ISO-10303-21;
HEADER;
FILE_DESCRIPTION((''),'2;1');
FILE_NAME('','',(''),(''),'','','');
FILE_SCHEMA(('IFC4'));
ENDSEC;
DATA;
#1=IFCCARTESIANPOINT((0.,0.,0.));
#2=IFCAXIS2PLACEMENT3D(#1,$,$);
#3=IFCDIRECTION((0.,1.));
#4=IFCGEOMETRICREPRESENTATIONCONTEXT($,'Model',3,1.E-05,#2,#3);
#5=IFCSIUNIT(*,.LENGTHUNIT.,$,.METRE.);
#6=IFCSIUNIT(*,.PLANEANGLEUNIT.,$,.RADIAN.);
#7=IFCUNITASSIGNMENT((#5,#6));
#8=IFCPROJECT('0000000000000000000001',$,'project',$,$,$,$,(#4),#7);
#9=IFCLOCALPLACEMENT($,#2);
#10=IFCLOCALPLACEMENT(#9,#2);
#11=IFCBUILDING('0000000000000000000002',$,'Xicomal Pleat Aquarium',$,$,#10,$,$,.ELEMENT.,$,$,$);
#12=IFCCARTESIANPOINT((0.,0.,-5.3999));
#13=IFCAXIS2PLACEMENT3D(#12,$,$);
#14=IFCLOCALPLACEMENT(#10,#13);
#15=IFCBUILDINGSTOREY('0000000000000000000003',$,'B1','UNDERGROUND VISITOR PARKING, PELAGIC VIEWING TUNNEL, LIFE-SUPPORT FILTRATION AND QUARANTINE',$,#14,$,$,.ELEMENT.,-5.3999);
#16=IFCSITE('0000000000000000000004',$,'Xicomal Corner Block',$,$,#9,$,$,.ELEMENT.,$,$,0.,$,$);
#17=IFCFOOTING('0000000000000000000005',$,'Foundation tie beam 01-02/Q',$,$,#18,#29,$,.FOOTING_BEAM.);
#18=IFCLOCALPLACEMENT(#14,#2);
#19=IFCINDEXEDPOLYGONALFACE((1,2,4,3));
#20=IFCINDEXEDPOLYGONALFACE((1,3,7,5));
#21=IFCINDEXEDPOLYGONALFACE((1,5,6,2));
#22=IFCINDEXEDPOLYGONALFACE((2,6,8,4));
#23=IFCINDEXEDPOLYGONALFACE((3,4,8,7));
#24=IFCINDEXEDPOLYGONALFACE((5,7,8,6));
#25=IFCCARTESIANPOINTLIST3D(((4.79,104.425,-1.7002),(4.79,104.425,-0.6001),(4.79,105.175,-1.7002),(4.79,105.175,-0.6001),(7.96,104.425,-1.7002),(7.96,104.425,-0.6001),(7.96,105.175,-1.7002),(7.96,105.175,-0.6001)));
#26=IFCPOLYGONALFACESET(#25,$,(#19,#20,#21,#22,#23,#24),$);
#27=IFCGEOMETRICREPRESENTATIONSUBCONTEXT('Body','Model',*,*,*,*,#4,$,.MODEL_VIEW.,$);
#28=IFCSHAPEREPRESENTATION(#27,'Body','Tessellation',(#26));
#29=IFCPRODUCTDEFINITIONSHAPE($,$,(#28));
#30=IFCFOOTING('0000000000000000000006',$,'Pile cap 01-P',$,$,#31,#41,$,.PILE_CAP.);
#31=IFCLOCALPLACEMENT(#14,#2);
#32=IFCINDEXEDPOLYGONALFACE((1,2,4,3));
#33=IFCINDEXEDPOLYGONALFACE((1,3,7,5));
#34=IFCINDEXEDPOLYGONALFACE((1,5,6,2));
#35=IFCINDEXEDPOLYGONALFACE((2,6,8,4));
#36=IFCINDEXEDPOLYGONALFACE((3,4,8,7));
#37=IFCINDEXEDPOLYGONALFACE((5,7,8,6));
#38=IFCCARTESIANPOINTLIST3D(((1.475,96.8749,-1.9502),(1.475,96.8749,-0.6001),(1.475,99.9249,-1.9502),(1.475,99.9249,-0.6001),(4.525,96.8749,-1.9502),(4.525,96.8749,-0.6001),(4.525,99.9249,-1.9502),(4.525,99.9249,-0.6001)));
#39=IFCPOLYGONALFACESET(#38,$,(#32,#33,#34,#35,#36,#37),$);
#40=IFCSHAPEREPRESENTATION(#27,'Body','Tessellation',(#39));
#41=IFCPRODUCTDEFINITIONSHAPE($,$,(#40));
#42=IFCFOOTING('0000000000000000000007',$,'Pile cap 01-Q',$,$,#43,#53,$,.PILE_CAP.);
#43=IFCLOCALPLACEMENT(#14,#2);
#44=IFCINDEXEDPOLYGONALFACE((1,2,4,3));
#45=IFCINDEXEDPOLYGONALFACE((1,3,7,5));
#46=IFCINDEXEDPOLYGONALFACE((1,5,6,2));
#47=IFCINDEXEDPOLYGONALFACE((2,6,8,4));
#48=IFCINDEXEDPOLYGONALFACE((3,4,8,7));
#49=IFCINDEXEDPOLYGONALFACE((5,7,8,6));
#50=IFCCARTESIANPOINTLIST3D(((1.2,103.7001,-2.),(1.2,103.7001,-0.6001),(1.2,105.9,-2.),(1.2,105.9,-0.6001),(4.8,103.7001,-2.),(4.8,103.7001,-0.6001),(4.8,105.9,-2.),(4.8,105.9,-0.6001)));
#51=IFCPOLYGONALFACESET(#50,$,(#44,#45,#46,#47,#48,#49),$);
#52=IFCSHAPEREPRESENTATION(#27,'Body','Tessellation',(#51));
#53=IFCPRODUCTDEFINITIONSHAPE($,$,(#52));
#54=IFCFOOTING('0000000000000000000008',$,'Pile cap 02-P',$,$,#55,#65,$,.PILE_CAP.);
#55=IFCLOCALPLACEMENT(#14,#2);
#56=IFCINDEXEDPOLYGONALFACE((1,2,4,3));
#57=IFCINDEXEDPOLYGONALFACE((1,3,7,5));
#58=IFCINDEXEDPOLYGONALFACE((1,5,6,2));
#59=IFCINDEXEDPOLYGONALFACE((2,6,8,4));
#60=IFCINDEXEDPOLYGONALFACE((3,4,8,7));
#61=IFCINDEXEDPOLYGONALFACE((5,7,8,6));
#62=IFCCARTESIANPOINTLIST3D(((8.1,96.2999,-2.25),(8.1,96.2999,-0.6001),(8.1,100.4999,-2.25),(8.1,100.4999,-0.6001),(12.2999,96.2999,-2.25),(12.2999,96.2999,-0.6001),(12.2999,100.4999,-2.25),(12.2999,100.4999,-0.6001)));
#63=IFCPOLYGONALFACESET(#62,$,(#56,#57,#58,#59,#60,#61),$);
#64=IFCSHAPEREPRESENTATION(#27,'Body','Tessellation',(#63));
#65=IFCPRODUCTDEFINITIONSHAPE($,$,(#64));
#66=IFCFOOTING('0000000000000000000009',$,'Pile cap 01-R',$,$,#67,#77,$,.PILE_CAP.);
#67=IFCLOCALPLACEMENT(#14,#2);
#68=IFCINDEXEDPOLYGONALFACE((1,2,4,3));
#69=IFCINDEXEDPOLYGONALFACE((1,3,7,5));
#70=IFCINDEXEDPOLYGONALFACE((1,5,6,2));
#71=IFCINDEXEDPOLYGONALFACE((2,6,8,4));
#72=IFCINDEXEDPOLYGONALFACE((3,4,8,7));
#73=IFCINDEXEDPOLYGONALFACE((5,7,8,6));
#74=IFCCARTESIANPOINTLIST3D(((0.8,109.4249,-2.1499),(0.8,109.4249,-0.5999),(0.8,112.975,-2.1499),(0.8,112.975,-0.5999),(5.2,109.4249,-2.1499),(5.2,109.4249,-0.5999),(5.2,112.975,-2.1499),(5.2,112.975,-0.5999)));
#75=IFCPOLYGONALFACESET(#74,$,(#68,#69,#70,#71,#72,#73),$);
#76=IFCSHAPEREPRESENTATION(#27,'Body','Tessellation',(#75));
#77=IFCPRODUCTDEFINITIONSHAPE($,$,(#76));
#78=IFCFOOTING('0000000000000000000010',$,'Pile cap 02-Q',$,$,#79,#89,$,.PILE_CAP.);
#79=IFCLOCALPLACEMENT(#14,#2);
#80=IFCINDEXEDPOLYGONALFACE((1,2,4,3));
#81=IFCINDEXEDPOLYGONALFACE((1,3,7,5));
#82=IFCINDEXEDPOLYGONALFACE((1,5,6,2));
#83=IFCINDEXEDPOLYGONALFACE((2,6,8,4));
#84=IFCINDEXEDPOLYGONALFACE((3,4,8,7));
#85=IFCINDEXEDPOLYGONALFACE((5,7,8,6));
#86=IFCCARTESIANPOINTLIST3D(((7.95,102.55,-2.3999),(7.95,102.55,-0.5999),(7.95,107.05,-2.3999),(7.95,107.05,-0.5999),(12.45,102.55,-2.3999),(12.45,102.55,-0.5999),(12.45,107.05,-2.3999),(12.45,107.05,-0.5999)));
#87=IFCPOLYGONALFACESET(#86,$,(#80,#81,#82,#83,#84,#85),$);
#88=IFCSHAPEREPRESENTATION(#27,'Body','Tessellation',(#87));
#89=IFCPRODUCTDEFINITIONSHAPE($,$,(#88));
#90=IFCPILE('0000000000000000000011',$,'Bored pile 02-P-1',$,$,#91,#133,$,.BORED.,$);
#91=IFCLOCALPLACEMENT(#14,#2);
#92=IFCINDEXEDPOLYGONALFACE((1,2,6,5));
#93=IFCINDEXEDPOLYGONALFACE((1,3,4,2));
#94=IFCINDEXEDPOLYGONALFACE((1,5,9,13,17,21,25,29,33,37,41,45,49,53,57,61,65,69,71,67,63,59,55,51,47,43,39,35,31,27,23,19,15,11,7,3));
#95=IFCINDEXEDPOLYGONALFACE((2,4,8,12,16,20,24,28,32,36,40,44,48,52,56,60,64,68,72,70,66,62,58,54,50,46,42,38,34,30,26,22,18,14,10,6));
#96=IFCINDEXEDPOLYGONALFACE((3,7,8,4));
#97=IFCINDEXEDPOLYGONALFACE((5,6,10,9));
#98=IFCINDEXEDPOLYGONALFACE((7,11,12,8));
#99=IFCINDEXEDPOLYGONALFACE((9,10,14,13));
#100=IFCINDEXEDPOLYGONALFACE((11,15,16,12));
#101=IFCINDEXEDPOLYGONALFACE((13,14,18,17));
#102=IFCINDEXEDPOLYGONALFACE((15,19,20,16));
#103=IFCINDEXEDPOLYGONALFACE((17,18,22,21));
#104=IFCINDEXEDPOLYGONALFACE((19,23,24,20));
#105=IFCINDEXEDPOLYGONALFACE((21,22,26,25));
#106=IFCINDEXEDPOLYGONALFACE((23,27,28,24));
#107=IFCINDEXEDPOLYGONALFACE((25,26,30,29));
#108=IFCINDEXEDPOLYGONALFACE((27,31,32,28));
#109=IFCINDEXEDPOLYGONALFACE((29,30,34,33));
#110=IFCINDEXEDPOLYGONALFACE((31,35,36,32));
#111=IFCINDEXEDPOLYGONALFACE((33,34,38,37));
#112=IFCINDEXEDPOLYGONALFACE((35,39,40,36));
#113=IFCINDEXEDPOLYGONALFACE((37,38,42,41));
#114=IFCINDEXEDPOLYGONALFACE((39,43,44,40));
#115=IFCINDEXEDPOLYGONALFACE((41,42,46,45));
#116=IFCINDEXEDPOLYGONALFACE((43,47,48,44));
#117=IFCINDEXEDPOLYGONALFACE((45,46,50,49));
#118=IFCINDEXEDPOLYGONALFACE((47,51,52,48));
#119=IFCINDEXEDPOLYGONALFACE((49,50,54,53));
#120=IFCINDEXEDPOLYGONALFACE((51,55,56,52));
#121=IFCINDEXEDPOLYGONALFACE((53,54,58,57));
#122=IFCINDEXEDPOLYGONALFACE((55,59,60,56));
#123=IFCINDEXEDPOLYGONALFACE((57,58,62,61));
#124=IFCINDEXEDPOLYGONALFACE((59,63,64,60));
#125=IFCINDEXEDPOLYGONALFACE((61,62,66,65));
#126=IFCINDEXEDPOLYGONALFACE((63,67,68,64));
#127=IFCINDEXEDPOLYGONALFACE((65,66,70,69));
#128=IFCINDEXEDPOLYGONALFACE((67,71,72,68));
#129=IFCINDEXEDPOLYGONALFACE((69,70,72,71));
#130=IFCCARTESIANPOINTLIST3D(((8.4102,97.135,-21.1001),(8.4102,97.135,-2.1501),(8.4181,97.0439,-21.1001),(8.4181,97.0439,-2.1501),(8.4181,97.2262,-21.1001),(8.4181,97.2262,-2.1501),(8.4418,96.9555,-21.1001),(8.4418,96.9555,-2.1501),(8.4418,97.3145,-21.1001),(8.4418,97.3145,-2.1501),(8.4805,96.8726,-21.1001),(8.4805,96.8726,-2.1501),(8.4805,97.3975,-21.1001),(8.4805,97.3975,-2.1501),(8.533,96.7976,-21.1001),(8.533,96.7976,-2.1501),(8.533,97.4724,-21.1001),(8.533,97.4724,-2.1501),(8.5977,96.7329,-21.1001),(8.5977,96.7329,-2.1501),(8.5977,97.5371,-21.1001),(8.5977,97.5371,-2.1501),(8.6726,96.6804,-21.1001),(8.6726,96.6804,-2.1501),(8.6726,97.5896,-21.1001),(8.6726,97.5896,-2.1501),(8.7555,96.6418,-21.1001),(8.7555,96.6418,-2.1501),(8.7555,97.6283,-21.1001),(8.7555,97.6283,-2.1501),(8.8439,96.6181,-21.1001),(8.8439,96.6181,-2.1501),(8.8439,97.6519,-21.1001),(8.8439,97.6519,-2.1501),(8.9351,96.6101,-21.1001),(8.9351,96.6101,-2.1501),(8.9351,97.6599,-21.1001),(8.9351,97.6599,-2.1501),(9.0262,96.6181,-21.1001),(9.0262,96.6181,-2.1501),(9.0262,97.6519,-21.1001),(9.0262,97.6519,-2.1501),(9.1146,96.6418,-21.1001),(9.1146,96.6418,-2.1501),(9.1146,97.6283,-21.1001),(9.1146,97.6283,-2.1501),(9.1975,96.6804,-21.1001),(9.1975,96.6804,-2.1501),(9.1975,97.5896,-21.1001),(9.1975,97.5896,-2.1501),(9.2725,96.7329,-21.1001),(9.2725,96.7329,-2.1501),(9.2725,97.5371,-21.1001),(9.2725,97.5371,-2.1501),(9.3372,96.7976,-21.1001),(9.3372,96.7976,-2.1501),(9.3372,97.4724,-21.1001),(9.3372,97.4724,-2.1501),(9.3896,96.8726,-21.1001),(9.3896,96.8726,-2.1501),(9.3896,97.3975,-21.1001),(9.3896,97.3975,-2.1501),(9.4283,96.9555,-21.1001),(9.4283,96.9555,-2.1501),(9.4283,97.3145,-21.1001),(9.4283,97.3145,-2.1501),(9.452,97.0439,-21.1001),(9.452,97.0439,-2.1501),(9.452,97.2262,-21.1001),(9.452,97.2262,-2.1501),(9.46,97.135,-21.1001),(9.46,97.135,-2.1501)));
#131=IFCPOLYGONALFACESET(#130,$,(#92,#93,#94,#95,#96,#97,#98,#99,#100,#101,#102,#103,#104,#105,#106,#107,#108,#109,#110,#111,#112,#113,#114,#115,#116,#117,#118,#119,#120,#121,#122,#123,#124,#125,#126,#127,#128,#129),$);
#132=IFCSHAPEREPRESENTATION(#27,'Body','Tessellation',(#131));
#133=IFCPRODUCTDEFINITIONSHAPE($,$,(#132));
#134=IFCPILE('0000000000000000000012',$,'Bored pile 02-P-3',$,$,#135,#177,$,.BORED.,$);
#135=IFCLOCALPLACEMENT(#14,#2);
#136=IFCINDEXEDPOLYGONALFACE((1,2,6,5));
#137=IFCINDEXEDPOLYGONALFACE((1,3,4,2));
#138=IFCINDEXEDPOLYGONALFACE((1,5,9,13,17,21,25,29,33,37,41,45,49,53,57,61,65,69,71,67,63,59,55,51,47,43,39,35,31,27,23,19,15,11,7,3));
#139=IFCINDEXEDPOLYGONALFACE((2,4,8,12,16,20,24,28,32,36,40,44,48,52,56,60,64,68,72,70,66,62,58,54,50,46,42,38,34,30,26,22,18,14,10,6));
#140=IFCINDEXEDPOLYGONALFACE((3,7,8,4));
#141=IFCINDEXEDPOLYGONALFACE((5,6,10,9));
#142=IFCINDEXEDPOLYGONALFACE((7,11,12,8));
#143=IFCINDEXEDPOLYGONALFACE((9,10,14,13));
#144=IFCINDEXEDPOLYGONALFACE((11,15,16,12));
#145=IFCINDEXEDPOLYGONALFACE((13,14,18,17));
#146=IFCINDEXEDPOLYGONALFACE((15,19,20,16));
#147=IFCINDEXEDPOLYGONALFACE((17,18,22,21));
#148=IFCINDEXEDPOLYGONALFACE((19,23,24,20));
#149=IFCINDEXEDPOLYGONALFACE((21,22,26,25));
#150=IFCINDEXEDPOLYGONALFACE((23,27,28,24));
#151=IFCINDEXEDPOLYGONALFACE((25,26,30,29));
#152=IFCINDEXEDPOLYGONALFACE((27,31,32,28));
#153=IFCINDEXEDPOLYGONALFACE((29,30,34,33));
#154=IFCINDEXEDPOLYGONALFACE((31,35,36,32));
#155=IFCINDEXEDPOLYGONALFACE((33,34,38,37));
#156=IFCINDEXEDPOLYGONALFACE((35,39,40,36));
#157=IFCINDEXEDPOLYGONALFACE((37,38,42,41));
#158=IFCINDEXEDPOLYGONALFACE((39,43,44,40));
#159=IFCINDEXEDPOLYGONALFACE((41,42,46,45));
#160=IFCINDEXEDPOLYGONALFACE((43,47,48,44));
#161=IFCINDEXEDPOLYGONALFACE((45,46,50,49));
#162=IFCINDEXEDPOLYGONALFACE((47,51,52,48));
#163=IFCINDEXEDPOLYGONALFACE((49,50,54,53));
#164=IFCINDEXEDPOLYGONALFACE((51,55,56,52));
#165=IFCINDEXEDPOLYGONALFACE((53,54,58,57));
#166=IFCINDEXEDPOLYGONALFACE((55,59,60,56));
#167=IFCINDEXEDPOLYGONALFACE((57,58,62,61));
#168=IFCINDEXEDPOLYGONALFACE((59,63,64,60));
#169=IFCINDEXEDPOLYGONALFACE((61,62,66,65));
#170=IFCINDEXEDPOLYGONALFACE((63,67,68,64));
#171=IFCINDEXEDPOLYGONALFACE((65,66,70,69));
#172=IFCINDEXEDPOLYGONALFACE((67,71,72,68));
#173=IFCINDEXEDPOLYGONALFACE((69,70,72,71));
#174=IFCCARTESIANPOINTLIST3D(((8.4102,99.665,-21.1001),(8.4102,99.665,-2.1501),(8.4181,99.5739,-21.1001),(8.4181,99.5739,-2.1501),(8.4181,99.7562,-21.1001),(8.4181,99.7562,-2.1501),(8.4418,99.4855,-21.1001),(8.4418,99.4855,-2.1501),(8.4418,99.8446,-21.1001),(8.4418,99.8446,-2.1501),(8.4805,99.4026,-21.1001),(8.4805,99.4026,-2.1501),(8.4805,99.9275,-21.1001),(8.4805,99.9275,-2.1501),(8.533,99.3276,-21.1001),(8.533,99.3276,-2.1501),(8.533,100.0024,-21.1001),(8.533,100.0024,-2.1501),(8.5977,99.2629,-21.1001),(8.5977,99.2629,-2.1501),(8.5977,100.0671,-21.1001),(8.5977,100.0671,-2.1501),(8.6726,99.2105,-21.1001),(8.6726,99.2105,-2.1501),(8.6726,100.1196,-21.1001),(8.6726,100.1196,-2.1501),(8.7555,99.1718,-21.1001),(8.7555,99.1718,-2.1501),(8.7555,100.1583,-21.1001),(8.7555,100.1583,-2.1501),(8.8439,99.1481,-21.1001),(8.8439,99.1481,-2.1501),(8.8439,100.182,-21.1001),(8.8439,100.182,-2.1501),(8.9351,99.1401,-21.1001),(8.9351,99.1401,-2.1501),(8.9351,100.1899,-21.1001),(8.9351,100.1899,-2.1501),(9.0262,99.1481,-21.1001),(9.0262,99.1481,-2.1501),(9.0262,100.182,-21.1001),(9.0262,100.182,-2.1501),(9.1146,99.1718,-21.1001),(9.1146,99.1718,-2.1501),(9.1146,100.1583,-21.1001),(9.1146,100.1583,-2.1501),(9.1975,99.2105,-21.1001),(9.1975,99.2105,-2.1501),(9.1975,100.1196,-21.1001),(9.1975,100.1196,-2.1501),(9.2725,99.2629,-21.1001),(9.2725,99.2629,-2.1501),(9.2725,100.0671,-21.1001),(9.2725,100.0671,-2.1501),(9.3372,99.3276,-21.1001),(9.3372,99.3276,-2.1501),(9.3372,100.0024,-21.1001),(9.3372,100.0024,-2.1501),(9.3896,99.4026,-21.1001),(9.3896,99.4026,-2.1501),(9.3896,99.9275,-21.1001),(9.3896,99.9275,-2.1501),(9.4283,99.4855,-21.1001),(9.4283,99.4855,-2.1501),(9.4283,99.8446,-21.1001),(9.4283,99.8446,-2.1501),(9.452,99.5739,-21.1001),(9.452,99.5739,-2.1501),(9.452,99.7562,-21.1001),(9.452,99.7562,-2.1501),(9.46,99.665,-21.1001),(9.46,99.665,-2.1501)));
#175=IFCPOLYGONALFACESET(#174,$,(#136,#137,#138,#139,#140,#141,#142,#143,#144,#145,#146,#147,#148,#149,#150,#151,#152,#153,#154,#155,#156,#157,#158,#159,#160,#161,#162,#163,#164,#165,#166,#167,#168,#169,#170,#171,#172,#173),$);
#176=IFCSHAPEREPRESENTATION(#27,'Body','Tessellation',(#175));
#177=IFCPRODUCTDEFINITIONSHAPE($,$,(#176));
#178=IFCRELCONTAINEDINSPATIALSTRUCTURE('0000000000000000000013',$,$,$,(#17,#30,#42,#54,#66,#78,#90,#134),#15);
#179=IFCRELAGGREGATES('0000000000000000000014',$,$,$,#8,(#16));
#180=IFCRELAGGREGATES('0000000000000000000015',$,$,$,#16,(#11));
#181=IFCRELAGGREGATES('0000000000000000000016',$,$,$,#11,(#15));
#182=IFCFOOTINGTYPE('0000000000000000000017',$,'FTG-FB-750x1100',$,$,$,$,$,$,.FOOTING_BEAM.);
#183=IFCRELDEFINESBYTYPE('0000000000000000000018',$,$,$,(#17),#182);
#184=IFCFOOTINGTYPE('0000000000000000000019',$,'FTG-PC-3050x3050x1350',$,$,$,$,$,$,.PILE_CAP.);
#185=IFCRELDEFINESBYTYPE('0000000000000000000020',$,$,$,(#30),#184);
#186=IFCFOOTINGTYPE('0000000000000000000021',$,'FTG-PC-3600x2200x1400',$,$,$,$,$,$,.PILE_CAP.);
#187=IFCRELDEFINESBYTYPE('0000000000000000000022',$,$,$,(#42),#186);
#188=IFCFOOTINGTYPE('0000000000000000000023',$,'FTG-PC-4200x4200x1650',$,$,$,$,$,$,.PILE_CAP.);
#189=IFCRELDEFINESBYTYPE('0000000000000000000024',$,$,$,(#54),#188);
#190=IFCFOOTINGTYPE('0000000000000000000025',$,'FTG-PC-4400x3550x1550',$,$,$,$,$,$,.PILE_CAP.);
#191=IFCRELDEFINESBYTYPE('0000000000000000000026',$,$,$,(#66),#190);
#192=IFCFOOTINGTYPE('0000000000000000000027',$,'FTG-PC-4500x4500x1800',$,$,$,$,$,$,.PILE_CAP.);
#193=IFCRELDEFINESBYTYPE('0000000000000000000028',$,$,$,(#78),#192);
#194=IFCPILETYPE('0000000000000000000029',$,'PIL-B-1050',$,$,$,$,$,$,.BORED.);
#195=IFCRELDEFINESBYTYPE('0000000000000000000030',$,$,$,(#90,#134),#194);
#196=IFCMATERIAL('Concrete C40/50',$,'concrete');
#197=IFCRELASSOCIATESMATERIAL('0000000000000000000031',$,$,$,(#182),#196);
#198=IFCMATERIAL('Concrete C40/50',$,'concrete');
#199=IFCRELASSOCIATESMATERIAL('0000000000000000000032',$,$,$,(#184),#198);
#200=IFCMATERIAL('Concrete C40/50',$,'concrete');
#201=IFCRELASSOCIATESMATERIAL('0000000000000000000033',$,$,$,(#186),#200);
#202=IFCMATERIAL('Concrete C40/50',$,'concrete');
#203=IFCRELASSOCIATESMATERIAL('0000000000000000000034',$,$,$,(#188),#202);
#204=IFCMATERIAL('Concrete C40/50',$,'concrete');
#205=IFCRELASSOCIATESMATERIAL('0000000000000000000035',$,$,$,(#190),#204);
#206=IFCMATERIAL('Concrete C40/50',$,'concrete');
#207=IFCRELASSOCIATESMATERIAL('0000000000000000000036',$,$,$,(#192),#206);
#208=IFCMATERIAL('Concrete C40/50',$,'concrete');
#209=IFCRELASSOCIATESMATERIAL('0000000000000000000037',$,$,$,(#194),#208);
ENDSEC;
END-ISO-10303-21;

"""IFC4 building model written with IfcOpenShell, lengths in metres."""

from ifc_helpers import new_model, si_unit, direction, frame, origin, origin_2d, place, context, subcontext, project, spatial, rectangle, circle, extrude, material, material_profile, profile_set, type_object, element, save


model = new_model("IFC4")

# Units and contexts
model_context = context("Model", 3, precision=1e-05, world=origin(), true_north=direction((0.0, 1.0)))
body_context = subcontext(model_context, "Body", "Model", "MODEL_VIEW")
ifc_project = project(units=[si_unit("LENGTHUNIT", "METRE"), si_unit("PLANEANGLEUNIT", "RADIAN")], contexts=[model_context])

# Site, building, storey
site_placement = place(None, origin())
site = spatial("IfcSite", under=ifc_project, at=site_placement, Name="Xicomal Corner Block", CompositionType="ELEMENT", RefElevation=0.0)
building_placement = place(site_placement, origin())
building = spatial("IfcBuilding", under=site, at=building_placement, Name="Xicomal Pleat Aquarium", CompositionType="ELEMENT")
storey_placement = place(building_placement, frame((0.0, 0.0, -5.3999)))
storey = spatial("IfcBuildingStorey", under=building, at=storey_placement, Name="B1", Description="UNDERGROUND VISITOR PARKING, PELAGIC VIEWING TUNNEL, LIFE-SUPPORT FILTRATION AND QUARANTINE", CompositionType="ELEMENT", Elevation=-5.3999)

# Footings
ifc_material_1 = material(Name="Concrete C40/50", Category="concrete")
ifc_material_profile_1 = material_profile(ifc_material_1, rectangle(XDim=0.75, YDim=1.1001, at=origin_2d()), Name="FB-04 750x1100")
ifc_profile_set_1 = profile_set([ifc_material_profile_1], Name="Concrete C40/50")
footing_type_1 = type_object("IfcFootingType", Name="FTG-FB-750x1100", PredefinedType="FOOTING_BEAM", material=ifc_profile_set_1)
footing_1_placement = place(storey_placement, frame((4.79, 104.8, -1.1501), z_axis=(1.0, 0.0, 0.0), x_axis=(0.0, 1.0, 0.0)))
element("IfcFooting", 1, at=footing_1_placement, inside=storey, type_object=footing_type_1, Name="Foundation tie beam 01-02/Q", PredefinedType="FOOTING_BEAM", context=body_context, shape_type="SweptSolid", body=[
    extrude(rectangle(XDim=0.75, YDim=1.1001, at=origin_2d()), origin(), (0.0, 0.0, 1.0), 3.1699),
])
ifc_material_2 = material(Name="Concrete C40/50", Category="concrete")
footing_type_2 = type_object("IfcFootingType", Name="FTG-PC-3050x3050x1350", PredefinedType="PILE_CAP", material=ifc_material_2)
footing_2_placement = place(storey_placement, frame((3.0, 98.3999, -1.9502), z_axis=(0.0, 0.0, 1.0), x_axis=(1.0, 0.0, 0.0)))
element("IfcFooting", 2, at=footing_2_placement, inside=storey, type_object=footing_type_2, Name="Pile cap 01-P", PredefinedType="PILE_CAP", context=body_context, shape_type="SweptSolid", body=[
    extrude(rectangle(XDim=3.05, YDim=3.05, at=origin_2d()), origin(), (0.0, 0.0, 1.0), 1.3501),
])
ifc_material_3 = material(Name="Concrete C40/50", Category="concrete")
footing_type_3 = type_object("IfcFootingType", Name="FTG-PC-3600x2200x1400", PredefinedType="PILE_CAP", material=ifc_material_3)
footing_3_placement = place(storey_placement, frame((3.0, 104.8, -2.0), z_axis=(0.0, 0.0, 1.0), x_axis=(1.0, 0.0, 0.0)))
element("IfcFooting", 3, at=footing_3_placement, inside=storey, type_object=footing_type_3, Name="Pile cap 01-Q", PredefinedType="PILE_CAP", context=body_context, shape_type="SweptSolid", body=[
    extrude(rectangle(XDim=3.6001, YDim=2.2, at=origin_2d()), origin(), (0.0, 0.0, 1.0), 1.3999),
])
ifc_material_4 = material(Name="Concrete C40/50", Category="concrete")
footing_type_4 = type_object("IfcFootingType", Name="FTG-PC-4200x4200x1650", PredefinedType="PILE_CAP", material=ifc_material_4)
footing_4_placement = place(storey_placement, frame((10.2, 98.3999, -2.25), z_axis=(0.0, 0.0, 1.0), x_axis=(1.0, 0.0, 0.0)))
element("IfcFooting", 4, at=footing_4_placement, inside=storey, type_object=footing_type_4, Name="Pile cap 02-P", PredefinedType="PILE_CAP", context=body_context, shape_type="SweptSolid", body=[
    extrude(rectangle(XDim=4.2, YDim=4.2, at=origin_2d()), origin(), (0.0, 0.0, 1.0), 1.6499),
])
ifc_material_5 = material(Name="Concrete C40/50", Category="concrete")
footing_type_5 = type_object("IfcFootingType", Name="FTG-PC-4400x3550x1550", PredefinedType="PILE_CAP", material=ifc_material_5)
footing_5_placement = place(storey_placement, frame((3.0, 111.2, -2.1499), z_axis=(0.0, 0.0, 1.0), x_axis=(1.0, 0.0, 0.0)))
element("IfcFooting", 5, at=footing_5_placement, inside=storey, type_object=footing_type_5, Name="Pile cap 01-R", PredefinedType="PILE_CAP", context=body_context, shape_type="SweptSolid", body=[
    extrude(rectangle(XDim=4.3999, YDim=3.55, at=origin_2d()), origin(), (0.0, 0.0, 1.0), 1.55),
])
ifc_material_6 = material(Name="Concrete C40/50", Category="concrete")
footing_type_6 = type_object("IfcFootingType", Name="FTG-PC-4500x4500x1800", PredefinedType="PILE_CAP", material=ifc_material_6)
footing_6_placement = place(storey_placement, frame((10.2, 104.8, -2.3999), z_axis=(0.0, 0.0, 1.0), x_axis=(1.0, 0.0, 0.0)))
element("IfcFooting", 6, at=footing_6_placement, inside=storey, type_object=footing_type_6, Name="Pile cap 02-Q", PredefinedType="PILE_CAP", context=body_context, shape_type="SweptSolid", body=[
    extrude(rectangle(XDim=4.5, YDim=4.5, at=origin_2d()), origin(), (0.0, 0.0, 1.0), 1.8),
])

# Piles
ifc_material_7 = material(Name="Concrete C40/50", Category="concrete")
ifc_material_profile_2 = material_profile(ifc_material_7, circle(Radius=0.5249, at=origin_2d()), Name="BORED PILE D1050")
ifc_profile_set_2 = profile_set([ifc_material_profile_2], Name="Concrete C40/50")
pile_type_1 = type_object("IfcPileType", Name="PIL-B-1050", PredefinedType="BORED", material=ifc_profile_set_2)
for number, where, z_axis, x_axis, name in (
    (7, (8.9351, 97.135, -2.1501), (0.0, 0.0, -1.0), (1.0, 0.0, 0.0), "Bored pile 02-P-1"),
    (8, (8.9351, 99.665, -2.1501), (0.0, 0.0, -1.0), (1.0, 0.0, 0.0), "Bored pile 02-P-3"),
):
    element("IfcPile", number, at=place(storey_placement, frame(where, z_axis=z_axis, x_axis=x_axis)), inside=storey, type_object=pile_type_1, Name=name, PredefinedType="BORED", context=body_context, shape_type="SweptSolid", body=[
        extrude(circle(Radius=0.5249, at=origin_2d()), origin(), (0.0, 0.0, 1.0), 18.95),
    ])

save(model, "model.ifc")
